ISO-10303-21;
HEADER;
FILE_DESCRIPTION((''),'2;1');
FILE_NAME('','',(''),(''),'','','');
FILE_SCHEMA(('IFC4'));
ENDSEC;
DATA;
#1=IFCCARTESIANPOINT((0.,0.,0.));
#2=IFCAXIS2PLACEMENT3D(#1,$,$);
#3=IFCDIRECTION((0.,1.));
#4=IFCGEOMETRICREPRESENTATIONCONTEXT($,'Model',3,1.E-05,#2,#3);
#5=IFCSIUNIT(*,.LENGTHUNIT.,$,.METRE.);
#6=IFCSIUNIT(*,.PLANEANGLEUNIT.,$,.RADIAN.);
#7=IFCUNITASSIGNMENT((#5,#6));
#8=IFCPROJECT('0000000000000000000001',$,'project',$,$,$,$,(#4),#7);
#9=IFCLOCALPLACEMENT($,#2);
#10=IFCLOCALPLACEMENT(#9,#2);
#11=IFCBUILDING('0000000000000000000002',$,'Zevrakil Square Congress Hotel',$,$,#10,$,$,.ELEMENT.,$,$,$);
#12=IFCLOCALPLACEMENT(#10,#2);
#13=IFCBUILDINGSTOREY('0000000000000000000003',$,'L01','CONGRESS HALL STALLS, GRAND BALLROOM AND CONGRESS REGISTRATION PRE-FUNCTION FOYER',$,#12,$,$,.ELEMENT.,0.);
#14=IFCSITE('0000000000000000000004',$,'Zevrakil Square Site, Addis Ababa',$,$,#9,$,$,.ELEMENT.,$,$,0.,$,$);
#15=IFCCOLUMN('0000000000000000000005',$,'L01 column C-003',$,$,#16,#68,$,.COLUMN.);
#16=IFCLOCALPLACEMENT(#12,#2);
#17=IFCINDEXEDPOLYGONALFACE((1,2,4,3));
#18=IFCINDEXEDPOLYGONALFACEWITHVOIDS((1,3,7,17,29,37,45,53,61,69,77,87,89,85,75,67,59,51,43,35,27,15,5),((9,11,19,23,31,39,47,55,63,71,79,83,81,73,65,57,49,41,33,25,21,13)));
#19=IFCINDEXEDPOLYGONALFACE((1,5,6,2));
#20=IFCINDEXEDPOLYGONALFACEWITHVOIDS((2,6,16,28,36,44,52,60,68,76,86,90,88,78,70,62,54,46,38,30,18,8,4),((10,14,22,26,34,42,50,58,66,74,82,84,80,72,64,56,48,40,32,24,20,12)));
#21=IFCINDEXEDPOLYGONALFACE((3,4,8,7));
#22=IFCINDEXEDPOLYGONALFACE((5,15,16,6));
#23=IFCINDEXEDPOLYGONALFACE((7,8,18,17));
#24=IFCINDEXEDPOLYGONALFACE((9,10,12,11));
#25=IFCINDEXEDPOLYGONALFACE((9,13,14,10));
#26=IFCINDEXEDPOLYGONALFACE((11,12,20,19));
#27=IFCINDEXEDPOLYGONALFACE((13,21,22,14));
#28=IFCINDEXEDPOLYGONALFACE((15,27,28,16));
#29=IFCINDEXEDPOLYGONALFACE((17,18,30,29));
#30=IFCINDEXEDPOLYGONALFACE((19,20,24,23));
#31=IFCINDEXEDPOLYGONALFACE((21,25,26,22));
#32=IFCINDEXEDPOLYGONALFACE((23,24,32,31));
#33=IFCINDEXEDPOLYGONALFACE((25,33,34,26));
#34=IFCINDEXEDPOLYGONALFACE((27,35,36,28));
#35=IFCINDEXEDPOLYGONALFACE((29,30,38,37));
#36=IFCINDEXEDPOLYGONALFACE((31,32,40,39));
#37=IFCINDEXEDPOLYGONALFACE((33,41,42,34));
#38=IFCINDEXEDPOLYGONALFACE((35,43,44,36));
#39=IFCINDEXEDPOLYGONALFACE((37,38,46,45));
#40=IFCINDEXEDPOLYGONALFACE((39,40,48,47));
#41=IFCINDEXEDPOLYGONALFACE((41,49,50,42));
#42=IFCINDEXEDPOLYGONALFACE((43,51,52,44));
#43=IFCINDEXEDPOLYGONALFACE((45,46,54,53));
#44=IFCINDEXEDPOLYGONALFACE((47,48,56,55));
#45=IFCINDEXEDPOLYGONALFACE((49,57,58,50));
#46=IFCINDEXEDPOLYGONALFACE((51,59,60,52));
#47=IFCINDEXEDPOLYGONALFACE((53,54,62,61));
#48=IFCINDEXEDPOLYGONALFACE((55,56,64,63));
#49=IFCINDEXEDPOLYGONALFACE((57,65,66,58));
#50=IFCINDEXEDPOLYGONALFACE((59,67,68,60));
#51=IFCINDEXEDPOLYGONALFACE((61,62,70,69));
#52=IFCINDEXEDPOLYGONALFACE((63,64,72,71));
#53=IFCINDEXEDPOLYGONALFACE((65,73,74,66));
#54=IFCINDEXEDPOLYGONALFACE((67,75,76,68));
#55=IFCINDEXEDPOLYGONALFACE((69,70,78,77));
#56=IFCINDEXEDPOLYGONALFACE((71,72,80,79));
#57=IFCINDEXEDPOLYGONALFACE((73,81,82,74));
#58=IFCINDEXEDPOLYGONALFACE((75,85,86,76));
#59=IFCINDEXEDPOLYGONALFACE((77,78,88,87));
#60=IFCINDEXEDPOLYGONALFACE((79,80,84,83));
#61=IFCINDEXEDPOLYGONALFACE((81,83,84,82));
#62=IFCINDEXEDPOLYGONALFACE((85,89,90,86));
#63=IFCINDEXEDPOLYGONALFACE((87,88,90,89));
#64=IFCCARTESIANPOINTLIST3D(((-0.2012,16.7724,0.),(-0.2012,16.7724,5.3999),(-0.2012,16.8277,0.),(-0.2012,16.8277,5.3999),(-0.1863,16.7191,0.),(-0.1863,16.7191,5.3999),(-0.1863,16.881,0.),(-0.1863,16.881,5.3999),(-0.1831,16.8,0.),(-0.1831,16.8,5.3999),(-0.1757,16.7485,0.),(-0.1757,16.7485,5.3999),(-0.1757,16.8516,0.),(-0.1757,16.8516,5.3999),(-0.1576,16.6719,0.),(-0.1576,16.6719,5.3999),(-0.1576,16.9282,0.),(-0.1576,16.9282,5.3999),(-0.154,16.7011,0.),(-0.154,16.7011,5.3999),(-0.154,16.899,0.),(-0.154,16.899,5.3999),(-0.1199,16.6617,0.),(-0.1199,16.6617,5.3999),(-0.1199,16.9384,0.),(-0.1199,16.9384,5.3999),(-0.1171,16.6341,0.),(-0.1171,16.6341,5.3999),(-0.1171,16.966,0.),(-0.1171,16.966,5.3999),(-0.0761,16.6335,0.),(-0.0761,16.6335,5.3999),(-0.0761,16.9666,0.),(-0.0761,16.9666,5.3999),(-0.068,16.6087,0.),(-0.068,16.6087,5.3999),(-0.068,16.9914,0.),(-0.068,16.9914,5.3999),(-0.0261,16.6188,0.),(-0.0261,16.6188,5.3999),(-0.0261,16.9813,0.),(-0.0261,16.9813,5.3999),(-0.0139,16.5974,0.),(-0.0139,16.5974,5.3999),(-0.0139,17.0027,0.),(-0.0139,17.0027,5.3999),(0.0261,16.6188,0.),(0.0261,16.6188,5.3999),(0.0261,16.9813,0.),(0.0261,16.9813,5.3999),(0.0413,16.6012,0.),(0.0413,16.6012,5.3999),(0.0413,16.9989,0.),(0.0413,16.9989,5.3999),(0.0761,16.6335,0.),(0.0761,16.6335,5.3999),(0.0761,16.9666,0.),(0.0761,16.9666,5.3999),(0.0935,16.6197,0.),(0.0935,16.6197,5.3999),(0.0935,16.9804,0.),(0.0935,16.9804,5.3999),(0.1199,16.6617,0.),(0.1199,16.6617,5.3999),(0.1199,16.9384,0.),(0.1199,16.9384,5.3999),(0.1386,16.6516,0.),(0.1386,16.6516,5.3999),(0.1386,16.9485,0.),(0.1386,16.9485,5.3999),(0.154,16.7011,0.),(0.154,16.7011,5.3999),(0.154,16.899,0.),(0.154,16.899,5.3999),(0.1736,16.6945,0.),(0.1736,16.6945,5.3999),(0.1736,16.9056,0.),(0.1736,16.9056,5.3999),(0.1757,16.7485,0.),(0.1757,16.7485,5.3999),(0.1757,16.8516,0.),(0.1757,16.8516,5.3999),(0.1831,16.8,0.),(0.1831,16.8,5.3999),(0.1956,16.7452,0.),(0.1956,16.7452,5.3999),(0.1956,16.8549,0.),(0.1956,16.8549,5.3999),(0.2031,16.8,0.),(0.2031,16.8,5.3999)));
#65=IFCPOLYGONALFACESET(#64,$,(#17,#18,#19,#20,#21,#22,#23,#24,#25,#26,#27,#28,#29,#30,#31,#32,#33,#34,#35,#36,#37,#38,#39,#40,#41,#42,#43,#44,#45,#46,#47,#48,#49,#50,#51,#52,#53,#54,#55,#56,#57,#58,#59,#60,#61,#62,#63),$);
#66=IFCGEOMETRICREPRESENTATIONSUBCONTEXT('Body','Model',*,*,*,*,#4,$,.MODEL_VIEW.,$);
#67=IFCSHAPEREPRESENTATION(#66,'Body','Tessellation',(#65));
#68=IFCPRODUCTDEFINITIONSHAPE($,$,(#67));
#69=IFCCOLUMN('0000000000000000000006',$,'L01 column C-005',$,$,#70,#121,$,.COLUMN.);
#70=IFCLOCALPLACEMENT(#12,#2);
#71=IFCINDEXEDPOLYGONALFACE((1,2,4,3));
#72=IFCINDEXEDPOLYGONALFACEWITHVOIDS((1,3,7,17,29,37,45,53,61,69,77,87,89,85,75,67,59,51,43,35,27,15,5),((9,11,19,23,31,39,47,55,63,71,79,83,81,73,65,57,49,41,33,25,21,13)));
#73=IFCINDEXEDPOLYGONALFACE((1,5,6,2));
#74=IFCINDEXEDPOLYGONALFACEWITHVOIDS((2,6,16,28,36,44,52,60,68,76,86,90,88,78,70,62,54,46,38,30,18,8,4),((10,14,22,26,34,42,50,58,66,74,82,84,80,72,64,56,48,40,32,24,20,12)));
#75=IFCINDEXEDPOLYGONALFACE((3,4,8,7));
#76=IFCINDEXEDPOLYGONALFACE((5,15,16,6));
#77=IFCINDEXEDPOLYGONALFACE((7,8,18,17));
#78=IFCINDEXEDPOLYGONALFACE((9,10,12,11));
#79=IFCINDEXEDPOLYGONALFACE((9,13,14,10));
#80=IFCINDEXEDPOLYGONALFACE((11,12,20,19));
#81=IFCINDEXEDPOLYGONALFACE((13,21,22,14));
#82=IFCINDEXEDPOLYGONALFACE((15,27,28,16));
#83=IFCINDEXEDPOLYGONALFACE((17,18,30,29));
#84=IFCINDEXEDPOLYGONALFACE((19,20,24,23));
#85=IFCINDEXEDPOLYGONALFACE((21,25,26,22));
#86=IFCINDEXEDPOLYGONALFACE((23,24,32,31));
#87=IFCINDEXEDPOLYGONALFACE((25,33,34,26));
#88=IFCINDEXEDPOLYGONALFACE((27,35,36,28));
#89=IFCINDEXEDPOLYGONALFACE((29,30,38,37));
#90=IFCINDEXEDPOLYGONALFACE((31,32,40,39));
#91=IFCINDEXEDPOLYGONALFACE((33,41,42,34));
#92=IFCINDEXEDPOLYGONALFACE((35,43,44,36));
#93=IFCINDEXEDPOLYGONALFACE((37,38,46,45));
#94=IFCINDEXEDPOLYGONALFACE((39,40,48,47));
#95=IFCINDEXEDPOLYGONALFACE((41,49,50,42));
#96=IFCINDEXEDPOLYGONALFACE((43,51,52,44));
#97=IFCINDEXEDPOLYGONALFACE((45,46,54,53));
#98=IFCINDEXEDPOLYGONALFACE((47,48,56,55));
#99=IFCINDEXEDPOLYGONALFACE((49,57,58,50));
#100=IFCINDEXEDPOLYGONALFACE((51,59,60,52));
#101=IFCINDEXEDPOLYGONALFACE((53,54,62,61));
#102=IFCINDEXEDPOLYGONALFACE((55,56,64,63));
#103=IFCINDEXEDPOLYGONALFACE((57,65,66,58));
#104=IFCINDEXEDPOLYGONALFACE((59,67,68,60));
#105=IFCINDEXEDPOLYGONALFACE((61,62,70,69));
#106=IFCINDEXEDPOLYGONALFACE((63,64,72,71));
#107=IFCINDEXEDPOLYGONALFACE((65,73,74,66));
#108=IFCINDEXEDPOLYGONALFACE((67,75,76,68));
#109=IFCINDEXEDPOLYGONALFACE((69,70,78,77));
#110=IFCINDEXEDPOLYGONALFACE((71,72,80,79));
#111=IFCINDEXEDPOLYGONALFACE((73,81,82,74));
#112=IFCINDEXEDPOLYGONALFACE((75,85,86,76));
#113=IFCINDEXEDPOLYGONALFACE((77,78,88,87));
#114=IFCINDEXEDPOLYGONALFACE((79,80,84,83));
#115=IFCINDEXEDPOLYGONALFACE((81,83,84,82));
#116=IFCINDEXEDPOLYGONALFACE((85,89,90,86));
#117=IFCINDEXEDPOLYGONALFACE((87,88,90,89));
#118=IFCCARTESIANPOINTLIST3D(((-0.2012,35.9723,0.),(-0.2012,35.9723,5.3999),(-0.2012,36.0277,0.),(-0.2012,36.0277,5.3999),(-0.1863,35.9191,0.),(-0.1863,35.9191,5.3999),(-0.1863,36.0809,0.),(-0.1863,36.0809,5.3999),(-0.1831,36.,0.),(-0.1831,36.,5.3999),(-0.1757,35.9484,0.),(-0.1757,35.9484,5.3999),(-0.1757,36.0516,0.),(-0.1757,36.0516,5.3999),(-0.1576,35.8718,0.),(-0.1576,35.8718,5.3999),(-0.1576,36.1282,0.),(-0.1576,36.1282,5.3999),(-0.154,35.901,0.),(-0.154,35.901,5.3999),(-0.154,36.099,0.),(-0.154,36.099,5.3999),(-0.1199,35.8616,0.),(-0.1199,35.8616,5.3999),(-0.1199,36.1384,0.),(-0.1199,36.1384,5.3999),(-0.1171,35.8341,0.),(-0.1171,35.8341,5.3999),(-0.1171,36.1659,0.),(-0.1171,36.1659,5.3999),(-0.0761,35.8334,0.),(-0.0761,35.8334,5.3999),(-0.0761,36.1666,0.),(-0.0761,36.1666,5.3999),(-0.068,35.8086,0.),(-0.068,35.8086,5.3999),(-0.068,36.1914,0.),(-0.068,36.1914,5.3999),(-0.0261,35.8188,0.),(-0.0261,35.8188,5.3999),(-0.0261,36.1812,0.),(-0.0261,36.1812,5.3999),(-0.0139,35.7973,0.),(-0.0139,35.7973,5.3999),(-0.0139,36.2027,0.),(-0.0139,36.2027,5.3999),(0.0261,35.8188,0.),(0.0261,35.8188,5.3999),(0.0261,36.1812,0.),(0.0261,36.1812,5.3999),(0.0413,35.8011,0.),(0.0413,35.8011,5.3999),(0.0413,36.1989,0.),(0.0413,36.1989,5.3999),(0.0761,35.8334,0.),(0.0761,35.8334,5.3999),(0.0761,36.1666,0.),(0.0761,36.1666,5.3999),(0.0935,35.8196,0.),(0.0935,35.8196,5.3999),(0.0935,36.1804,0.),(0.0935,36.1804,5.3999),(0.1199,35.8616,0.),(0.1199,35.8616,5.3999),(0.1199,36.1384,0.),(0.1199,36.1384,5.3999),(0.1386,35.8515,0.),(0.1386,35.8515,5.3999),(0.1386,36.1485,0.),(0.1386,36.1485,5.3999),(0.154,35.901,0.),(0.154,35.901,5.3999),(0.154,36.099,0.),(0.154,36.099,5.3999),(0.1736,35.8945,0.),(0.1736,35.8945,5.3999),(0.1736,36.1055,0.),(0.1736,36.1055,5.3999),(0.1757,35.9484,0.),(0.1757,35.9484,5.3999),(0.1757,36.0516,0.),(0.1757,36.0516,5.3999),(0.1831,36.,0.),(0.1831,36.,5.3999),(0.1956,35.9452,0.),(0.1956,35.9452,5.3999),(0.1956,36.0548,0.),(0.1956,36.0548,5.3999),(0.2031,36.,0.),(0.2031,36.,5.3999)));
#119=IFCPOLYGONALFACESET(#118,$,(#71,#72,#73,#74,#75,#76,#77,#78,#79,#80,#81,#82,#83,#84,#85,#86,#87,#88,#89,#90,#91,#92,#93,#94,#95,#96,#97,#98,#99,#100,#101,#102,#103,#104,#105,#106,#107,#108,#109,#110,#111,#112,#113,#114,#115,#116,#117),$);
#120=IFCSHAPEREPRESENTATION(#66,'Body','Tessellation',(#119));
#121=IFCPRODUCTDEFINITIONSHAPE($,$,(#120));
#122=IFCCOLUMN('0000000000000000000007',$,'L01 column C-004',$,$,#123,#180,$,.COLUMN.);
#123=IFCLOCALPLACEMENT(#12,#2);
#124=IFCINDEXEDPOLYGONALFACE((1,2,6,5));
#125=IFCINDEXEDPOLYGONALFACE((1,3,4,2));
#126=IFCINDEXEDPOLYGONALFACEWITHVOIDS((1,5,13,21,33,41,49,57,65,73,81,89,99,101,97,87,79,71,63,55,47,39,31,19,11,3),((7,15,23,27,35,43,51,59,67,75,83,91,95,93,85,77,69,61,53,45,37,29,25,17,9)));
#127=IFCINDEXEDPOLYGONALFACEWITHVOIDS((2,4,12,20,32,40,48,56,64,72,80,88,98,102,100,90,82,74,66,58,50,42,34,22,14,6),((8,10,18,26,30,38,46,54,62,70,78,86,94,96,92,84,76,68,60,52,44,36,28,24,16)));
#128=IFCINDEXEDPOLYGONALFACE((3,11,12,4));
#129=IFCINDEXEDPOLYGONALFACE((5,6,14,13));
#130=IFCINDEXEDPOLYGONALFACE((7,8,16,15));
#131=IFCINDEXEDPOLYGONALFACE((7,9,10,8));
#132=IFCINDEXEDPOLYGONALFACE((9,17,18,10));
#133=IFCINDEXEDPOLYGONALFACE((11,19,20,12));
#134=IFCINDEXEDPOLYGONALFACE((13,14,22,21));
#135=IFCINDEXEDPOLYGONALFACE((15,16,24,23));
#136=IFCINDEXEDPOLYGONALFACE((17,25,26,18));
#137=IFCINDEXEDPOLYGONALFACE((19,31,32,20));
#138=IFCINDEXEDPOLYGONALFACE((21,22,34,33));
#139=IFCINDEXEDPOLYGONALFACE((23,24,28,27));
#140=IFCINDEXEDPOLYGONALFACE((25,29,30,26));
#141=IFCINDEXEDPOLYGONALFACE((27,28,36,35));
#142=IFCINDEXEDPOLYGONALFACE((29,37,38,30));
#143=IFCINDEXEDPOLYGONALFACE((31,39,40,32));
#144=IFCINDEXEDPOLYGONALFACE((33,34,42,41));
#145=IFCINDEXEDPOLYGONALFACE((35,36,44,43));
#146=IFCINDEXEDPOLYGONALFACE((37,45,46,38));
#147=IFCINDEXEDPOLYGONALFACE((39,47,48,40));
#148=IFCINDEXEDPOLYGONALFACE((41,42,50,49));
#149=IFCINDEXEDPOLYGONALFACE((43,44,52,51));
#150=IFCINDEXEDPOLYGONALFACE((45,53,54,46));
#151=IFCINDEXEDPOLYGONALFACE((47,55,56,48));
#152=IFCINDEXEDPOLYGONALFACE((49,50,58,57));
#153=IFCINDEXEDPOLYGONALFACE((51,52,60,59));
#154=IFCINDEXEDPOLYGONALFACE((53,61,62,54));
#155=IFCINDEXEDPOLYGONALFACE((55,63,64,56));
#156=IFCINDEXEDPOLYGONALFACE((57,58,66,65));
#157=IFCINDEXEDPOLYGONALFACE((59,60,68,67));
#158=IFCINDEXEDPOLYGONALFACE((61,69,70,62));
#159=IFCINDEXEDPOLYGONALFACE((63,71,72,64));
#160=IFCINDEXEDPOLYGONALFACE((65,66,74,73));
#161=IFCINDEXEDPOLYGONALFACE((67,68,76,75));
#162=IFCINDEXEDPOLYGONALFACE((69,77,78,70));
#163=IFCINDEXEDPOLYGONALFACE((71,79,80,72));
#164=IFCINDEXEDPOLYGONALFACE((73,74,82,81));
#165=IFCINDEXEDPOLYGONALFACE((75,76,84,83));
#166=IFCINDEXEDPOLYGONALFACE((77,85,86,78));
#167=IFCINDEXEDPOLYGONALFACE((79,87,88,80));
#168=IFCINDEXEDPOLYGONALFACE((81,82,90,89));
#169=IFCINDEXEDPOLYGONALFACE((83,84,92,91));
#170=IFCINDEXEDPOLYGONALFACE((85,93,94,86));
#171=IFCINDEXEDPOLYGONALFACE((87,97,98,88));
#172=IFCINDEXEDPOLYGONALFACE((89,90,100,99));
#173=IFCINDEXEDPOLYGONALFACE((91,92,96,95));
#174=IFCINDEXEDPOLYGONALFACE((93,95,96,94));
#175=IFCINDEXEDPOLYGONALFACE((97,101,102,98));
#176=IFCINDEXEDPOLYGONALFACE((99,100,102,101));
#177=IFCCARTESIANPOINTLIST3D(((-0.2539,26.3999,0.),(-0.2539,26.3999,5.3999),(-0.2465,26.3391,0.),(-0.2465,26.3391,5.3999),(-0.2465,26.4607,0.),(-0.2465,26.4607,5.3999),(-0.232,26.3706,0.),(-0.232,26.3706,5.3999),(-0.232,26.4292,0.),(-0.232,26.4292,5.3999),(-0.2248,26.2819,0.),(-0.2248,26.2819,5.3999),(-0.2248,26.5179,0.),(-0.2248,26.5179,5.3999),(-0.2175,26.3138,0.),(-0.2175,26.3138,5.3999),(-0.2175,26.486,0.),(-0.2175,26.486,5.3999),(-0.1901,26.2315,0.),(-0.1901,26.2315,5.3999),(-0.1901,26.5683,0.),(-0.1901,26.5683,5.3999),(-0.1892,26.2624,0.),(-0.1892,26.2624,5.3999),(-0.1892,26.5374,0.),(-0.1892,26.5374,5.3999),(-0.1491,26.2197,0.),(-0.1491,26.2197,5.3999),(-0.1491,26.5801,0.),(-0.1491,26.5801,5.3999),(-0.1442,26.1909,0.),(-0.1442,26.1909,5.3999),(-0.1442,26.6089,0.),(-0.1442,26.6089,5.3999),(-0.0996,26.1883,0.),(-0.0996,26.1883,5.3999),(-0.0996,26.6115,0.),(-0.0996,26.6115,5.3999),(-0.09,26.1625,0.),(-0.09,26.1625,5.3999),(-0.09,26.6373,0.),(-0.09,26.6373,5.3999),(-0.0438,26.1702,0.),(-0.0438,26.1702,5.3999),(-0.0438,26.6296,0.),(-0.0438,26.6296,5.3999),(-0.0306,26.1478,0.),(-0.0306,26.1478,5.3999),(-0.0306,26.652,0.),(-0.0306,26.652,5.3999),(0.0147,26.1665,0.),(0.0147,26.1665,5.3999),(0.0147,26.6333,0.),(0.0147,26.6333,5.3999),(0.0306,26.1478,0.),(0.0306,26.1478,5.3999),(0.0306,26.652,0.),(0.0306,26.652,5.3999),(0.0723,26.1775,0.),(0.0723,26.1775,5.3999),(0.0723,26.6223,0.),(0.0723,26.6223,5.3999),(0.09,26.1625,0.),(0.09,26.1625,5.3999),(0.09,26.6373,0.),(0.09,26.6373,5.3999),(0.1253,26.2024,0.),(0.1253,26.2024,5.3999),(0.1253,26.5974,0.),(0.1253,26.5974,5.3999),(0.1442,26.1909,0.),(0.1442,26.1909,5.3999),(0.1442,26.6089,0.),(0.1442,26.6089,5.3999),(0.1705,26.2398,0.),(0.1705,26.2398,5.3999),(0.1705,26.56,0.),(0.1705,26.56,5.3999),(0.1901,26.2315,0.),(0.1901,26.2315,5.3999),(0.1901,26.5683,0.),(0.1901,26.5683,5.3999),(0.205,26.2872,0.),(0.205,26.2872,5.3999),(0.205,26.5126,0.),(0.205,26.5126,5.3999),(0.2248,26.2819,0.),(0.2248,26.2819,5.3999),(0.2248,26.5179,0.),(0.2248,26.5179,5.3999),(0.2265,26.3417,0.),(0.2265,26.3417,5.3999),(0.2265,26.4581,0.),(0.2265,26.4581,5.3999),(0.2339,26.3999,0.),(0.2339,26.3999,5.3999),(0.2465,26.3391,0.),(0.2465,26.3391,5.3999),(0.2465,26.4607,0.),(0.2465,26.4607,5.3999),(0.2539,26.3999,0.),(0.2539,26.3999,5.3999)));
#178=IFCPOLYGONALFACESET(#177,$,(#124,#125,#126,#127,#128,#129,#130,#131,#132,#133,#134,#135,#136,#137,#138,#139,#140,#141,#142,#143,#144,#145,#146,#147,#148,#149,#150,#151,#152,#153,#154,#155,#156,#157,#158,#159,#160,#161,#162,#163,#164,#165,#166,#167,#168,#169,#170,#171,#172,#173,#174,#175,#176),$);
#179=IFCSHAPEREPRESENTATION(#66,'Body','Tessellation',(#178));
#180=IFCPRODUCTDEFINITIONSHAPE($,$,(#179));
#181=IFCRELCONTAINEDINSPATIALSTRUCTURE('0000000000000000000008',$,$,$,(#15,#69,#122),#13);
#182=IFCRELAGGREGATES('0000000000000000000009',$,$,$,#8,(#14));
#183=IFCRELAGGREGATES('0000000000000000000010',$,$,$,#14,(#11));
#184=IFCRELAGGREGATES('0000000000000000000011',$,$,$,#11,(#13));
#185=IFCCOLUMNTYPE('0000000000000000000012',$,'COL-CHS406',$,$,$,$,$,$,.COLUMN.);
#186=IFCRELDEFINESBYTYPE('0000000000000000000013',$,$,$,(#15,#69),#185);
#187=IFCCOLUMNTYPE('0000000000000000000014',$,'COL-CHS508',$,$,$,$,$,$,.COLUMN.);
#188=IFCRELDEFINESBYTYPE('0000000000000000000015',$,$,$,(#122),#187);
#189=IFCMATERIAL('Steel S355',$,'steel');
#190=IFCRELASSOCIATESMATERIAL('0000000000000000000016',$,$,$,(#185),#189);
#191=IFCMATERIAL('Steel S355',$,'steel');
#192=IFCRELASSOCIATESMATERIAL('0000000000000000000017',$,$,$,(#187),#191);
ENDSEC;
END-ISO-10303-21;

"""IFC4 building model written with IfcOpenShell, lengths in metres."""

from ifc_helpers import new_model, si_unit, direction, frame, origin, origin_2d, place, context, subcontext, project, spatial, hollow_circle, extrude, material, material_profile, profile_set, type_object, element, save


model = new_model("IFC4")

# Units and contexts
model_context = context("Model", 3, precision=1e-05, world=origin(), true_north=direction((0.0, 1.0)))
body_context = subcontext(model_context, "Body", "Model", "MODEL_VIEW")
ifc_project = project(units=[si_unit("LENGTHUNIT", "METRE"), si_unit("PLANEANGLEUNIT", "RADIAN")], contexts=[model_context])

# Site, building, storey
site_placement = place(None, origin())
site = spatial("IfcSite", under=ifc_project, at=site_placement, Name="Zevrakil Square Site, Addis Ababa", CompositionType="ELEMENT", RefElevation=0.0)
building_placement = place(site_placement, origin())
building = spatial("IfcBuilding", under=site, at=building_placement, Name="Zevrakil Square Congress Hotel", CompositionType="ELEMENT")
storey_placement = place(building_placement, origin())
storey = spatial("IfcBuildingStorey", under=building, at=storey_placement, Name="L01", Description="CONGRESS HALL STALLS, GRAND BALLROOM AND CONGRESS REGISTRATION PRE-FUNCTION FOYER", CompositionType="ELEMENT", Elevation=0.0)

# Columns
ifc_material_1 = material(Name="Steel S355", Category="steel")
ifc_material_profile_1 = material_profile(ifc_material_1, hollow_circle(Radius=0.2031, WallThickness=0.02, at=origin_2d()), Name="CHS 406.4x20")
ifc_profile_set_1 = profile_set([ifc_material_profile_1], Name="Steel S355")
column_type_1 = type_object("IfcColumnType", Name="COL-CHS406", PredefinedType="COLUMN", material=ifc_profile_set_1)
for number, where, z_axis, x_axis, name in (
    (1, (0.0, 16.8, 0.0), (0.0, 0.0, 1.0), (1.0, 0.0, 0.0), "L01 column C-003"),
    (2, (0.0, 36.0, 0.0), (0.0, 0.0, 1.0), (1.0, 0.0, 0.0), "L01 column C-005"),
):
    element("IfcColumn", number, at=place(storey_placement, frame(where, z_axis=z_axis, x_axis=x_axis)), inside=storey, type_object=column_type_1, Name=name, PredefinedType="COLUMN", context=body_context, shape_type="SweptSolid", body=[
        extrude(hollow_circle(Radius=0.2031, WallThickness=0.02, at=origin_2d()), origin(), (0.0, 0.0, 1.0), 5.3999),
    ])
ifc_material_2 = material(Name="Steel S355", Category="steel")
ifc_material_profile_2 = material_profile(ifc_material_2, hollow_circle(Radius=0.2539, WallThickness=0.02, at=origin_2d()), Name="CHS 508x20")
ifc_profile_set_2 = profile_set([ifc_material_profile_2], Name="Steel S355")
column_type_2 = type_object("IfcColumnType", Name="COL-CHS508", PredefinedType="COLUMN", material=ifc_profile_set_2)
for number, where, z_axis, x_axis, name in (
    (3, (0.0, 26.3999, 0.0), (0.0, 0.0, 1.0), (1.0, 0.0, 0.0), "L01 column C-004"),
):
    element("IfcColumn", number, at=place(storey_placement, frame(where, z_axis=z_axis, x_axis=x_axis)), inside=storey, type_object=column_type_2, Name=name, PredefinedType="COLUMN", context=body_context, shape_type="SweptSolid", body=[
        extrude(hollow_circle(Radius=0.2539, WallThickness=0.02, at=origin_2d()), origin(), (0.0, 0.0, 1.0), 5.3999),
    ])

save(model, "model.ifc")
